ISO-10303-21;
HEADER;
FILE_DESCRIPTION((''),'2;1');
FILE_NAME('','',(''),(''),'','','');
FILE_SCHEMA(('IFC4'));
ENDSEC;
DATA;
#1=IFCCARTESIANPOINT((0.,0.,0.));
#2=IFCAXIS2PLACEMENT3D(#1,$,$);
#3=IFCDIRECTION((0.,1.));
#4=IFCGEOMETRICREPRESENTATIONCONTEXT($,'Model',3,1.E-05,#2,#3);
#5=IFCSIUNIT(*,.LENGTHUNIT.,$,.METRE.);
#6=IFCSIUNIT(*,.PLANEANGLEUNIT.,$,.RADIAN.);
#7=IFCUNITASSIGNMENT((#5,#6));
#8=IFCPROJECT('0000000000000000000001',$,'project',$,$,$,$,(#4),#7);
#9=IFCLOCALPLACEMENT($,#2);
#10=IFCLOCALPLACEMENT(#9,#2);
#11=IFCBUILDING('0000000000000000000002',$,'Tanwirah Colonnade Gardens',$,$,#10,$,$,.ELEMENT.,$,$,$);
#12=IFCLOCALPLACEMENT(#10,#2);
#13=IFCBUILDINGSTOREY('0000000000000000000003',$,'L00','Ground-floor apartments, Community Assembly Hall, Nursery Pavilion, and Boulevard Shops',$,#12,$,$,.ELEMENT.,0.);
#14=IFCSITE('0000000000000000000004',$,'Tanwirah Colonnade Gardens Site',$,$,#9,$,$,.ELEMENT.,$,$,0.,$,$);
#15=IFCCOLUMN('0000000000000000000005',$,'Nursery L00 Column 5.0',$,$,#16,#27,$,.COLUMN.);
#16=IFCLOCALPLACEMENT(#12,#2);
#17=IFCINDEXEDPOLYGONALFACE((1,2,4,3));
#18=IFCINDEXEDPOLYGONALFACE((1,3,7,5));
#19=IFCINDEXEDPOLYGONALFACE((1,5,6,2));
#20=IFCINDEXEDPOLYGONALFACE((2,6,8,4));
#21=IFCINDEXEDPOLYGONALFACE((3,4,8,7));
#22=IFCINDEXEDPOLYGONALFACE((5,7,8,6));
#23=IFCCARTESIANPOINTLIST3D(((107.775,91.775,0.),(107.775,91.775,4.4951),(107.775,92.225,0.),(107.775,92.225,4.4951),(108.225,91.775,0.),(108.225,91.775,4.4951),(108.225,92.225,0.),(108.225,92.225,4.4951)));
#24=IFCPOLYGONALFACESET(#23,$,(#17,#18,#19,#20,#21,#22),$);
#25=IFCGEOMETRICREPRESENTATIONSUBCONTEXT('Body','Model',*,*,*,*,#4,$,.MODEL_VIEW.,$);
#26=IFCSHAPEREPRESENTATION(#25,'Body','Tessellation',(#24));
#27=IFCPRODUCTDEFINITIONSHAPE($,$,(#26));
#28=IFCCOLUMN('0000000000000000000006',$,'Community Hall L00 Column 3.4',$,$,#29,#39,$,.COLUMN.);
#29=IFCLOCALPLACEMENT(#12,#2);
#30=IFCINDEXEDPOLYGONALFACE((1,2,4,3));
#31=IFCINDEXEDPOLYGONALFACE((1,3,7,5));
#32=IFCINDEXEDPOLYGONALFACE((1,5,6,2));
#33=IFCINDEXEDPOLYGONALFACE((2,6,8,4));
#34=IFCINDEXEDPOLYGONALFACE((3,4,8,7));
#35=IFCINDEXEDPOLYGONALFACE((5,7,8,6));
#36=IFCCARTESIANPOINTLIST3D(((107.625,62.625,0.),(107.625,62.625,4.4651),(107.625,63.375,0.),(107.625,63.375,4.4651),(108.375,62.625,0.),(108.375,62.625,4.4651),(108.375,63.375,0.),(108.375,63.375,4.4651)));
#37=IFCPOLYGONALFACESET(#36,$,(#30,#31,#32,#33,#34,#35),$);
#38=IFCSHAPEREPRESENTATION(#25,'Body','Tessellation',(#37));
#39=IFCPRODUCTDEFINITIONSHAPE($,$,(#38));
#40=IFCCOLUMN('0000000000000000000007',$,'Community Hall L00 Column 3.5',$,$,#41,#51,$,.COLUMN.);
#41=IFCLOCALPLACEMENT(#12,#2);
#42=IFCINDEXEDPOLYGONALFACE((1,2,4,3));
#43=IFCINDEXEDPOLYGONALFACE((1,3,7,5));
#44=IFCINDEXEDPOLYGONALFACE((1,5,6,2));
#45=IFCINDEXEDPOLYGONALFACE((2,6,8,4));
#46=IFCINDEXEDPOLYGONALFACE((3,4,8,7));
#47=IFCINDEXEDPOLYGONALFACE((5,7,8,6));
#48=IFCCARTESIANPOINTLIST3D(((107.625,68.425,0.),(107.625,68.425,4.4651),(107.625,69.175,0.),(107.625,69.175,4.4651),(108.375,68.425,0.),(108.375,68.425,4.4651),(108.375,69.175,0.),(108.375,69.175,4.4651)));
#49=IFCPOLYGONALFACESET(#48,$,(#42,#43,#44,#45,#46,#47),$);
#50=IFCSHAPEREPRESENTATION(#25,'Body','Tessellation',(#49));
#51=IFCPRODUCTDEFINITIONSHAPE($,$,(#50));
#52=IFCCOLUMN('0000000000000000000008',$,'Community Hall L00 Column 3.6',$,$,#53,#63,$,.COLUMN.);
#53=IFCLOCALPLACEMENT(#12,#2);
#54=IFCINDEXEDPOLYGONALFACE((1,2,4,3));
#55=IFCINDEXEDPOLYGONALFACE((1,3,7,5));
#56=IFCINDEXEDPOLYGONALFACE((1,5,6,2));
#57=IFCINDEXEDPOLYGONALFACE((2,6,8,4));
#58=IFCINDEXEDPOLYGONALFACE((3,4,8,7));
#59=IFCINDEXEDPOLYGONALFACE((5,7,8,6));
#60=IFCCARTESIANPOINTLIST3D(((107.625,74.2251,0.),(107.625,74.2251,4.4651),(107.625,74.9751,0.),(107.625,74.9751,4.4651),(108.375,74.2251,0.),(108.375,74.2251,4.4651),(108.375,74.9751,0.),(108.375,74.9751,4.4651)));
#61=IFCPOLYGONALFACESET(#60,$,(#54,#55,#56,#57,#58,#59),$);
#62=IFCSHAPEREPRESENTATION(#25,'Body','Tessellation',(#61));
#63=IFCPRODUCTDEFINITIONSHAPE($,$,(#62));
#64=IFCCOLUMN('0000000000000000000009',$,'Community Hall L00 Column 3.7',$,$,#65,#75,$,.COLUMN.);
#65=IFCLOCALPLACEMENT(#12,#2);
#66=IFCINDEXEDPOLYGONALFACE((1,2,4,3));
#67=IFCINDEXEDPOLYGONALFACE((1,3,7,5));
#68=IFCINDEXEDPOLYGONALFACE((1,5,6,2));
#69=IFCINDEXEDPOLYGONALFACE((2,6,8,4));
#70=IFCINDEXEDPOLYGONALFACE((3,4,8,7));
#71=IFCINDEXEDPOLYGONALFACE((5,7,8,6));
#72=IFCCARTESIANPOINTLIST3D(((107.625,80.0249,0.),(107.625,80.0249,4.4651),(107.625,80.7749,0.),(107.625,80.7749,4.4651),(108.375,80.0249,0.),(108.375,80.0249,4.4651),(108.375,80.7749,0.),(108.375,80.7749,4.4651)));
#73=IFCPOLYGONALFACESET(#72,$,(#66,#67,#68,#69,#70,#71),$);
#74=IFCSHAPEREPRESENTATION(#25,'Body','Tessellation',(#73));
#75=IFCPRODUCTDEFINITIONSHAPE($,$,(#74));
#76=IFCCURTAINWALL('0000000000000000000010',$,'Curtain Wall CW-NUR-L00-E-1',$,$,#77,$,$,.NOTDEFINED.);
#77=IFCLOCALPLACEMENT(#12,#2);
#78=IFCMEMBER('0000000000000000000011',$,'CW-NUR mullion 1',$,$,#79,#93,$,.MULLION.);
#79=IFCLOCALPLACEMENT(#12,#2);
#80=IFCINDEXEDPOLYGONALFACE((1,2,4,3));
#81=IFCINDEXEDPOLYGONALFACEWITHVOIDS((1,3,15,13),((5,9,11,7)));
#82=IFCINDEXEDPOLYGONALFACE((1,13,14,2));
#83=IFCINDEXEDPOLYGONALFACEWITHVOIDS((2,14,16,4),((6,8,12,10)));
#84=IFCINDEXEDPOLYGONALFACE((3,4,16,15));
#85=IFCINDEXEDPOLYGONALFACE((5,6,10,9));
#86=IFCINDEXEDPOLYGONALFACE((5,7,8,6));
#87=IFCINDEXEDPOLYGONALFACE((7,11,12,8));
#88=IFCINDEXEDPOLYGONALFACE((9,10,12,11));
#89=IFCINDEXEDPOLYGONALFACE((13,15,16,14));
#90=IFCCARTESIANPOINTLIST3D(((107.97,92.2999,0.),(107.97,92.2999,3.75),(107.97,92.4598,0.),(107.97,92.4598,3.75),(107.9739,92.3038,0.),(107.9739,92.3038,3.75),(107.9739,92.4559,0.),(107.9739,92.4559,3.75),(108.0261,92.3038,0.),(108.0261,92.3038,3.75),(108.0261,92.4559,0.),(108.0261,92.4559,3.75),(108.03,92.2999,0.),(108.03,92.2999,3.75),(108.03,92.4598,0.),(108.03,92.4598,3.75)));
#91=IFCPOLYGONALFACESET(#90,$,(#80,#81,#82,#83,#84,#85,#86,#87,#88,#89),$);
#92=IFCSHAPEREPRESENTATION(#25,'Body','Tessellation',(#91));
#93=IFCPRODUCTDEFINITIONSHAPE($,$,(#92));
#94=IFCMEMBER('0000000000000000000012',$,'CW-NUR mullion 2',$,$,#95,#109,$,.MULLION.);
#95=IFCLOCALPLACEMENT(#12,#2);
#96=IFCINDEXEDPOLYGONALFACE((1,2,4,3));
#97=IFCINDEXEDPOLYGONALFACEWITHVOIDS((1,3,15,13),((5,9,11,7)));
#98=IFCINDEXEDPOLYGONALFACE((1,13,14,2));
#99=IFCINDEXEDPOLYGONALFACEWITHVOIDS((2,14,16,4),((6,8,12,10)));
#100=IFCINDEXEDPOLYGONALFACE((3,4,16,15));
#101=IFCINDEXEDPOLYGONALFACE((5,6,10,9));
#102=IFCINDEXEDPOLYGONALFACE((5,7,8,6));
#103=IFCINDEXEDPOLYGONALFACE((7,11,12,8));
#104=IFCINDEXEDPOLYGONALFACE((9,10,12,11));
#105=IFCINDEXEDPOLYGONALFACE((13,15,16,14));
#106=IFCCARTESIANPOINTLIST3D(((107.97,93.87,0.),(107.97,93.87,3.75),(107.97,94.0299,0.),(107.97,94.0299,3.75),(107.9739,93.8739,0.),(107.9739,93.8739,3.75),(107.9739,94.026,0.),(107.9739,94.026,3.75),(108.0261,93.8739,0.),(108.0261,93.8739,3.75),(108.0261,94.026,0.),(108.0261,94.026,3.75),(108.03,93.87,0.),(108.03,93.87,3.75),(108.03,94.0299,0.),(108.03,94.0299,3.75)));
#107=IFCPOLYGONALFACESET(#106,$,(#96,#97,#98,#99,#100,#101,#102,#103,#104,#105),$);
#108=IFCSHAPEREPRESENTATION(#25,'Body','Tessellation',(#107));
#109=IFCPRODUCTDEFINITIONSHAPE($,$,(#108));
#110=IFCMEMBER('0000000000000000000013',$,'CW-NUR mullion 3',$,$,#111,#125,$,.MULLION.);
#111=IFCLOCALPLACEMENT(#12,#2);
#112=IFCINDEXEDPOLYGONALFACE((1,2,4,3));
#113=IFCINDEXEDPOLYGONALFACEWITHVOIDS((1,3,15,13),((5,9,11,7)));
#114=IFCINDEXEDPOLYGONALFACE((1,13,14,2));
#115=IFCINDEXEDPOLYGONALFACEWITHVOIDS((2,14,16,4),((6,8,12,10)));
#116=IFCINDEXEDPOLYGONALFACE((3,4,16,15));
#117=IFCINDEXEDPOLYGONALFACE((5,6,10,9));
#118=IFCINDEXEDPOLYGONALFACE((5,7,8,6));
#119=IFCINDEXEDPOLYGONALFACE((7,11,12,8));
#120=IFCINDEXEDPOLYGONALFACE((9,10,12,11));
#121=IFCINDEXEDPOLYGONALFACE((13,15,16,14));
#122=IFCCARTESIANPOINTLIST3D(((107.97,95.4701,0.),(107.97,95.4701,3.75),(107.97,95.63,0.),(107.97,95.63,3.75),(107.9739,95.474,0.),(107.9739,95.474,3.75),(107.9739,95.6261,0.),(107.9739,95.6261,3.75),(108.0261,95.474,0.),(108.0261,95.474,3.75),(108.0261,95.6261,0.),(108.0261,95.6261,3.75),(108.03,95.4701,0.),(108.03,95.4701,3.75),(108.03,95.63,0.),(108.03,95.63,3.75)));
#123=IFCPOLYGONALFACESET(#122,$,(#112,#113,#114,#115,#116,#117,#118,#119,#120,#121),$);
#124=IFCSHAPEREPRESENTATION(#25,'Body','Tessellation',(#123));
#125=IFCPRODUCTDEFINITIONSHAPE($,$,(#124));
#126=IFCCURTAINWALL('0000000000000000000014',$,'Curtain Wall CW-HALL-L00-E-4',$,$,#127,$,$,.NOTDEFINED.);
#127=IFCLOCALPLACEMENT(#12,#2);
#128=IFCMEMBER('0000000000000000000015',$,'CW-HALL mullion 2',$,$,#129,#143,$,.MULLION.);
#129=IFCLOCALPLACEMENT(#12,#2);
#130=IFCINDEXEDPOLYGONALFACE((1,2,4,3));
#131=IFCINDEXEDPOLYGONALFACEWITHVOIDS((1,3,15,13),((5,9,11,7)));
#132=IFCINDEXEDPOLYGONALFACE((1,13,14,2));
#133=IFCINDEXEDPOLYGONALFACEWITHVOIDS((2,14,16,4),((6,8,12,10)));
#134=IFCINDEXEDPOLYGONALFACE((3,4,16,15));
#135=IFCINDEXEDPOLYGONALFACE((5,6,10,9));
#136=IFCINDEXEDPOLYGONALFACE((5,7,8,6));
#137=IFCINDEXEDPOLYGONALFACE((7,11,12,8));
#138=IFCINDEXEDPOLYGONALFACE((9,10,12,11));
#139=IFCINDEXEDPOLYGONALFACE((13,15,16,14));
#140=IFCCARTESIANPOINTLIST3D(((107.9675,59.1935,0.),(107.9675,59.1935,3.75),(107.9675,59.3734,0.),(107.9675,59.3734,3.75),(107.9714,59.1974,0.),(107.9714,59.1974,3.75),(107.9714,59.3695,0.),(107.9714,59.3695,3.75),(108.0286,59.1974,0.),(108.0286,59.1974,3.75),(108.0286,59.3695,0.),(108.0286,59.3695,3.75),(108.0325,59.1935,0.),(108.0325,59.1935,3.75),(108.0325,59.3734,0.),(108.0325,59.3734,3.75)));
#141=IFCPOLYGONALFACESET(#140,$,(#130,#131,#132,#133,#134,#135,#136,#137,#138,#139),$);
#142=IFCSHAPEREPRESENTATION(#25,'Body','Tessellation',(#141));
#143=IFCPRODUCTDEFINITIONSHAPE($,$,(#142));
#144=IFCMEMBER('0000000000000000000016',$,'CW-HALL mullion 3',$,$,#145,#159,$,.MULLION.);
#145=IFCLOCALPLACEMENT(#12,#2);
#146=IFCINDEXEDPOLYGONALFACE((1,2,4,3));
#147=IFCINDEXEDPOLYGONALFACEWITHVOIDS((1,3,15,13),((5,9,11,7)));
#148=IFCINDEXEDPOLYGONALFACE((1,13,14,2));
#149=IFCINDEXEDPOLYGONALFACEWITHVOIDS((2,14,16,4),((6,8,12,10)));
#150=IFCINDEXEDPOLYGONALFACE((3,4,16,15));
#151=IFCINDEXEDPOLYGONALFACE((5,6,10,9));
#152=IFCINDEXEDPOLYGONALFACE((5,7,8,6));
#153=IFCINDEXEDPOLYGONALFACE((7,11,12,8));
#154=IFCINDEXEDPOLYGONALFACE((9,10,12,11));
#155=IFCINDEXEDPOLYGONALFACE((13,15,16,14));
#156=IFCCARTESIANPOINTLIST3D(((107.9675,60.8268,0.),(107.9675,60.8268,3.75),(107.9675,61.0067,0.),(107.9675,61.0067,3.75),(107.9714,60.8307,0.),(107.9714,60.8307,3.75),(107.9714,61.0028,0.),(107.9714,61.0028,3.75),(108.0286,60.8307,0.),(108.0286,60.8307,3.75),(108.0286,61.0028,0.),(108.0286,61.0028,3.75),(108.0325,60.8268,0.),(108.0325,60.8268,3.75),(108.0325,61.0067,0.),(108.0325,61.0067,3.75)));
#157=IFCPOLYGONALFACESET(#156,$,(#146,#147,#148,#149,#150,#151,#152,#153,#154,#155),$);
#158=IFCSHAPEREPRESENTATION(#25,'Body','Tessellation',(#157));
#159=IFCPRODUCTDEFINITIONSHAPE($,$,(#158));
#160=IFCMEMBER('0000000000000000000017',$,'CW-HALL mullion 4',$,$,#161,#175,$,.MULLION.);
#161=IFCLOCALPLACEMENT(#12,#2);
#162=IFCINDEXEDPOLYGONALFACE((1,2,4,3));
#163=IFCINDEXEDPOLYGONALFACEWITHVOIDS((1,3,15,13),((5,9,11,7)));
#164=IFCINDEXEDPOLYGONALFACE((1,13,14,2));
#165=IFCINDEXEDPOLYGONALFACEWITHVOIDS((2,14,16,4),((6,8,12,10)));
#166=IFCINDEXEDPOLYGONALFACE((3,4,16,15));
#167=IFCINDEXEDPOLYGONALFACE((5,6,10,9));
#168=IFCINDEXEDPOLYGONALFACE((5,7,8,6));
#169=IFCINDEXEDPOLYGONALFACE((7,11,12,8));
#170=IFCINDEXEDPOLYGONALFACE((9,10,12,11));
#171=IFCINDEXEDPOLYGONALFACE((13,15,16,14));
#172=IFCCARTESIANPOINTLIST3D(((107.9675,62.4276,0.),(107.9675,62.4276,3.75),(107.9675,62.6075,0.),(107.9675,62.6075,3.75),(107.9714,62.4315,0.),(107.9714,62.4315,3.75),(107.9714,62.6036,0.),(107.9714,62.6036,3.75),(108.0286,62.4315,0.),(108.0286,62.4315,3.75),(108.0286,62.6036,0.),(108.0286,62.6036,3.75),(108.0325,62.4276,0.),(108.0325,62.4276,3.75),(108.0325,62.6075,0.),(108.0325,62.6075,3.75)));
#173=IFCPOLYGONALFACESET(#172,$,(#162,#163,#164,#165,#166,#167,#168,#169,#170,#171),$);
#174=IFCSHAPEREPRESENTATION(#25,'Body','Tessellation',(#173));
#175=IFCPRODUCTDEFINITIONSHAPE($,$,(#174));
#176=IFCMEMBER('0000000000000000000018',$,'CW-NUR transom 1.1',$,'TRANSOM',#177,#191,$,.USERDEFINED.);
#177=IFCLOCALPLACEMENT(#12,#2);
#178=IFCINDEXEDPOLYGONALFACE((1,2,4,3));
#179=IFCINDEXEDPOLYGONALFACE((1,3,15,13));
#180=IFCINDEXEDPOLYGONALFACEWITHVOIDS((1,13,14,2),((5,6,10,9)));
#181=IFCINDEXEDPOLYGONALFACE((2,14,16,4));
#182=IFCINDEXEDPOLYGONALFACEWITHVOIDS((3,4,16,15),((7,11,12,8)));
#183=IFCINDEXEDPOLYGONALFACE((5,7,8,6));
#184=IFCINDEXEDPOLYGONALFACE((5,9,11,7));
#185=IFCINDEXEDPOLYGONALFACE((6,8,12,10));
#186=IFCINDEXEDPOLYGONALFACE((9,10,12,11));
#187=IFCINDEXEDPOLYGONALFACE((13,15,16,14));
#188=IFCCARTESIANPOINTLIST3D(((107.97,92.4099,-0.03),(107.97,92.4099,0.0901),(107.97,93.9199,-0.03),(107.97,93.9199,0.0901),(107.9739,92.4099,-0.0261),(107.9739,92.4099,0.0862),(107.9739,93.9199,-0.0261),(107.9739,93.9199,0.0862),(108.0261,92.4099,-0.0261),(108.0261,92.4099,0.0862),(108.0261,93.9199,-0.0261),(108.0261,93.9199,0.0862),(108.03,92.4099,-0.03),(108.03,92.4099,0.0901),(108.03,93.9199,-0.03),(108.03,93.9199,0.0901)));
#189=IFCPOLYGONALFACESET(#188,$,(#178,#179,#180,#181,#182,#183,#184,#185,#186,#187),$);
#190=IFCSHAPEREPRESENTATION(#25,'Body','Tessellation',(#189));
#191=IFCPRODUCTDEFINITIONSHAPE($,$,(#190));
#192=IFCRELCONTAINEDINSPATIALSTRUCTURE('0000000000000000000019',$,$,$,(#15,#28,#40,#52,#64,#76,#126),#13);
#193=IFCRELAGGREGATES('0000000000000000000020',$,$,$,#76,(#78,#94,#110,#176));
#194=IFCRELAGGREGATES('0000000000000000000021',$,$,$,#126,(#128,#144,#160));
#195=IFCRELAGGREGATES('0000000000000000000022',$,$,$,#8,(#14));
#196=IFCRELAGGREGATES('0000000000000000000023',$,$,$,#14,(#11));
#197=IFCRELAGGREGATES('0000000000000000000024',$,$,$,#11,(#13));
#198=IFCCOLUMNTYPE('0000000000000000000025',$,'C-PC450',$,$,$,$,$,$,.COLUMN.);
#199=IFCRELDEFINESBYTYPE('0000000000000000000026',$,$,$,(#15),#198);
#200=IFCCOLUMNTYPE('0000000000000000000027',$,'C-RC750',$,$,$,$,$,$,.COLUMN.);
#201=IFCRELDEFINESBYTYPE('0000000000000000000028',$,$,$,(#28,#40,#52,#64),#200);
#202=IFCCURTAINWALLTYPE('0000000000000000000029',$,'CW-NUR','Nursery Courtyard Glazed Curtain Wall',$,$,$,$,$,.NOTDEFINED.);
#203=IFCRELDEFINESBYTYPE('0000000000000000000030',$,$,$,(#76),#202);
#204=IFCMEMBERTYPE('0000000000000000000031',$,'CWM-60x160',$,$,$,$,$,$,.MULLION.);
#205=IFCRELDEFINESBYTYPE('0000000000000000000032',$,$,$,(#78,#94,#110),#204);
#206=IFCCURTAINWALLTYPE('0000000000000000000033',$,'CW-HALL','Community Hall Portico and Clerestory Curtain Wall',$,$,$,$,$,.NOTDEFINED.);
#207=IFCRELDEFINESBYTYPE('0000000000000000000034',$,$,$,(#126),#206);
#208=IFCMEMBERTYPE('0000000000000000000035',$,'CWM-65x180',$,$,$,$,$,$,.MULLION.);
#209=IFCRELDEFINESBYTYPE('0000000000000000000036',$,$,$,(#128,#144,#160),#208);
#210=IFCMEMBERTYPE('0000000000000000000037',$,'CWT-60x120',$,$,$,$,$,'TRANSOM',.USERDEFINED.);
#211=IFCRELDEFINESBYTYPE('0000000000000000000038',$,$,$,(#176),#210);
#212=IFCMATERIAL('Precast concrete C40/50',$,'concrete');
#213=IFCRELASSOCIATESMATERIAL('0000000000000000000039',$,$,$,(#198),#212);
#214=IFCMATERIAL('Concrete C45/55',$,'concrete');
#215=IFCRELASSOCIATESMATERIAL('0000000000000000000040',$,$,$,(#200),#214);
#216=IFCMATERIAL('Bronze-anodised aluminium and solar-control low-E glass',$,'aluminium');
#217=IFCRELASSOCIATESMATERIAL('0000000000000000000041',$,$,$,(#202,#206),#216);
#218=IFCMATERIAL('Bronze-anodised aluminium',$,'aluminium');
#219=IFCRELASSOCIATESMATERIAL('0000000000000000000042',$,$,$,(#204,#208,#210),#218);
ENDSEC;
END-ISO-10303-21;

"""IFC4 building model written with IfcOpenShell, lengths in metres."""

from ifc_helpers import new_model, si_unit, direction, frame, origin, origin_2d, place, context, subcontext, project, spatial, rectangle, hollow_rectangle, extrude, material, material_profile, profile_set, type_object, element, aggregate, save


model = new_model("IFC4")

# Units and contexts
model_context = context("Model", 3, precision=1e-05, world=origin(), true_north=direction((0.0, 1.0)))
body_context = subcontext(model_context, "Body", "Model", "MODEL_VIEW")
ifc_project = project(units=[si_unit("LENGTHUNIT", "METRE"), si_unit("PLANEANGLEUNIT", "RADIAN")], contexts=[model_context])

# Site, building, storey
site_placement = place(None, origin())
site = spatial("IfcSite", under=ifc_project, at=site_placement, Name="Tanwirah Colonnade Gardens Site", CompositionType="ELEMENT", RefElevation=0.0)
building_placement = place(site_placement, origin())
building = spatial("IfcBuilding", under=site, at=building_placement, Name="Tanwirah Colonnade Gardens", CompositionType="ELEMENT")
storey_placement = place(building_placement, origin())
storey = spatial("IfcBuildingStorey", under=building, at=storey_placement, Name="L00", Description="Ground-floor apartments, Community Assembly Hall, Nursery Pavilion, and Boulevard Shops", CompositionType="ELEMENT", Elevation=0.0)

# Columns
ifc_material_1 = material(Name="Precast concrete C40/50", Category="concrete")
ifc_material_profile_1 = material_profile(ifc_material_1, rectangle(XDim=0.45, YDim=0.45, at=origin_2d()), Name="PC-COL 450x450")
ifc_profile_set_1 = profile_set([ifc_material_profile_1], Name="Precast concrete C40/50")
column_type_1 = type_object("IfcColumnType", Name="C-PC450", PredefinedType="COLUMN", material=ifc_profile_set_1)
column_placement = place(storey_placement, frame((108.0, 92.0, 0.0), z_axis=(0.0, 0.0, 1.0), x_axis=(1.0, 0.0, 0.0)))
element("IfcColumn", 1, at=column_placement, inside=storey, type_object=column_type_1, Name="Nursery L00 Column 5.0", PredefinedType="COLUMN", context=body_context, shape_type="SweptSolid", body=[
    extrude(rectangle(XDim=0.45, YDim=0.45, at=origin_2d()), origin(), (0.0, 0.0, 1.0), 4.4951),
])
ifc_material_2 = material(Name="Concrete C45/55", Category="concrete")
ifc_material_profile_2 = material_profile(ifc_material_2, rectangle(XDim=0.75, YDim=0.75, at=origin_2d()), Name="RC-COL 750x750")
ifc_profile_set_2 = profile_set([ifc_material_profile_2], Name="Concrete C45/55")
column_type_2 = type_object("IfcColumnType", Name="C-RC750", PredefinedType="COLUMN", material=ifc_profile_set_2)
for number, where, z_axis, x_axis, name in (
    (2, (108.0, 63.0, 0.0), (0.0, 0.0, 1.0), (1.0, 0.0, 0.0), "Community Hall L00 Column 3.4"),
    (3, (108.0, 68.8, 0.0), (0.0, 0.0, 1.0), (1.0, 0.0, 0.0), "Community Hall L00 Column 3.5"),
    (4, (108.0, 74.6001, 0.0), (0.0, 0.0, 1.0), (1.0, 0.0, 0.0), "Community Hall L00 Column 3.6"),
    (5, (108.0, 80.3999, 0.0), (0.0, 0.0, 1.0), (1.0, 0.0, 0.0), "Community Hall L00 Column 3.7"),
):
    element("IfcColumn", number, at=place(storey_placement, frame(where, z_axis=z_axis, x_axis=x_axis)), inside=storey, type_object=column_type_2, Name=name, PredefinedType="COLUMN", context=body_context, shape_type="SweptSolid", body=[
        extrude(rectangle(XDim=0.75, YDim=0.75, at=origin_2d()), origin(), (0.0, 0.0, 1.0), 4.4651),
    ])

# Curtain walls, members
ifc_material_3 = material(Name="Bronze-anodised aluminium and solar-control low-E glass", Category="aluminium")
curtain_wall_type_1 = type_object("IfcCurtainWallType", Name="CW-NUR", Description="Nursery Courtyard Glazed Curtain Wall", PredefinedType="NOTDEFINED", material=ifc_material_3)
curtain_wall_1_placement = place(storey_placement, origin())
curtain_wall_1 = element("IfcCurtainWall", 6, at=curtain_wall_1_placement, inside=storey, type_object=curtain_wall_type_1, Name="Curtain Wall CW-NUR-L00-E-1", PredefinedType="NOTDEFINED")
ifc_material_4 = material(Name="Bronze-anodised aluminium", Category="aluminium")
ifc_material_profile_3 = material_profile(ifc_material_4, hollow_rectangle(XDim=0.0601, YDim=0.1599, WallThickness=0.0039, at=origin_2d()), Name="CW-MUL 60x160x4")
ifc_profile_set_3 = profile_set([ifc_material_profile_3], Name="Bronze-anodised aluminium")
member_type_1 = type_object("IfcMemberType", Name="CWM-60x160", PredefinedType="MULLION", material=ifc_profile_set_3)
member_1_placement = place(storey_placement, frame((108.0, 92.3799, 0.0), z_axis=(0.0, 0.0, 1.0), x_axis=(-1.0, 0.0, 0.0)))
member_1 = element("IfcMember", 7, at=member_1_placement, type_object=member_type_1, Name="CW-NUR mullion 1", PredefinedType="MULLION", context=body_context, shape_type="SweptSolid", body=[
    extrude(hollow_rectangle(XDim=0.0601, YDim=0.1599, WallThickness=0.0039, at=origin_2d()), origin(), (0.0, 0.0, 1.0), 3.75),
])
member_2_placement = place(storey_placement, frame((108.0, 93.95, 0.0), z_axis=(0.0, 0.0, 1.0), x_axis=(-1.0, 0.0, 0.0)))
member_2 = element("IfcMember", 8, at=member_2_placement, type_object=member_type_1, Name="CW-NUR mullion 2", PredefinedType="MULLION", context=body_context, shape_type="SweptSolid", body=[
    extrude(hollow_rectangle(XDim=0.0601, YDim=0.1599, WallThickness=0.0039, at=origin_2d()), origin(), (0.0, 0.0, 1.0), 3.75),
])
member_3_placement = place(storey_placement, frame((108.0, 95.55, 0.0), z_axis=(0.0, 0.0, 1.0), x_axis=(-1.0, 0.0, 0.0)))
member_3 = element("IfcMember", 9, at=member_3_placement, type_object=member_type_1, Name="CW-NUR mullion 3", PredefinedType="MULLION", context=body_context, shape_type="SweptSolid", body=[
    extrude(hollow_rectangle(XDim=0.0601, YDim=0.1599, WallThickness=0.0039, at=origin_2d()), origin(), (0.0, 0.0, 1.0), 3.75),
])
curtain_wall_type_2 = type_object("IfcCurtainWallType", Name="CW-HALL", Description="Community Hall Portico and Clerestory Curtain Wall", PredefinedType="NOTDEFINED", material=ifc_material_3)
curtain_wall_2_placement = place(storey_placement, origin())
curtain_wall_2 = element("IfcCurtainWall", 10, at=curtain_wall_2_placement, inside=storey, type_object=curtain_wall_type_2, Name="Curtain Wall CW-HALL-L00-E-4", PredefinedType="NOTDEFINED")
ifc_material_profile_4 = material_profile(ifc_material_4, hollow_rectangle(XDim=0.0649, YDim=0.1799, WallThickness=0.0039, at=origin_2d()), Name="CW-MUL 65x180x4")
ifc_profile_set_4 = profile_set([ifc_material_profile_4], Name="Bronze-anodised aluminium")
member_type_2 = type_object("IfcMemberType", Name="CWM-65x180", PredefinedType="MULLION", material=ifc_profile_set_4)
member_4_placement = place(storey_placement, frame((108.0, 59.2834, 0.0), z_axis=(0.0, 0.0, 1.0), x_axis=(-1.0, 0.0, 0.0)))
member_4 = element("IfcMember", 11, at=member_4_placement, type_object=member_type_2, Name="CW-HALL mullion 2", PredefinedType="MULLION", context=body_context, shape_type="SweptSolid", body=[
    extrude(hollow_rectangle(XDim=0.0649, YDim=0.1799, WallThickness=0.0039, at=origin_2d()), origin(), (0.0, 0.0, 1.0), 3.75),
])
member_5_placement = place(storey_placement, frame((108.0, 60.9167, 0.0), z_axis=(0.0, 0.0, 1.0), x_axis=(-1.0, 0.0, 0.0)))
member_5 = element("IfcMember", 12, at=member_5_placement, type_object=member_type_2, Name="CW-HALL mullion 3", PredefinedType="MULLION", context=body_context, shape_type="SweptSolid", body=[
    extrude(hollow_rectangle(XDim=0.0649, YDim=0.1799, WallThickness=0.0039, at=origin_2d()), origin(), (0.0, 0.0, 1.0), 3.75),
])
member_6_placement = place(storey_placement, frame((108.0, 62.5176, 0.0), z_axis=(0.0, 0.0, 1.0), x_axis=(-1.0, 0.0, 0.0)))
member_6 = element("IfcMember", 13, at=member_6_placement, type_object=member_type_2, Name="CW-HALL mullion 4", PredefinedType="MULLION", context=body_context, shape_type="SweptSolid", body=[
    extrude(hollow_rectangle(XDim=0.0649, YDim=0.1799, WallThickness=0.0039, at=origin_2d()), origin(), (0.0, 0.0, 1.0), 3.75),
])

# Member
ifc_material_profile_5 = material_profile(ifc_material_4, hollow_rectangle(XDim=0.0601, YDim=0.1201, WallThickness=0.0039, at=origin_2d()), Name="CW-TRN 60x120x4")
ifc_profile_set_5 = profile_set([ifc_material_profile_5], Name="Bronze-anodised aluminium")
member_type_3 = type_object("IfcMemberType", Name="CWT-60x120", ElementType="TRANSOM", PredefinedType="USERDEFINED", material=ifc_profile_set_5)
member_7_placement = place(storey_placement, frame((108.0, 92.4099, 0.03), z_axis=(0.0, 1.0, 0.0), x_axis=(-1.0, 0.0, 0.0)))
member_7 = element("IfcMember", 14, at=member_7_placement, type_object=member_type_3, Name="CW-NUR transom 1.1", ObjectType="TRANSOM", PredefinedType="USERDEFINED", context=body_context, shape_type="SweptSolid", body=[
    extrude(hollow_rectangle(XDim=0.0601, YDim=0.1201, WallThickness=0.0039, at=origin_2d()), origin(), (0.0, 0.0, 1.0), 1.51),
])

aggregate(curtain_wall_1, [member_1, member_2, member_3, member_7])
aggregate(curtain_wall_2, [member_4, member_5, member_6])

save(model, "model.ifc")
